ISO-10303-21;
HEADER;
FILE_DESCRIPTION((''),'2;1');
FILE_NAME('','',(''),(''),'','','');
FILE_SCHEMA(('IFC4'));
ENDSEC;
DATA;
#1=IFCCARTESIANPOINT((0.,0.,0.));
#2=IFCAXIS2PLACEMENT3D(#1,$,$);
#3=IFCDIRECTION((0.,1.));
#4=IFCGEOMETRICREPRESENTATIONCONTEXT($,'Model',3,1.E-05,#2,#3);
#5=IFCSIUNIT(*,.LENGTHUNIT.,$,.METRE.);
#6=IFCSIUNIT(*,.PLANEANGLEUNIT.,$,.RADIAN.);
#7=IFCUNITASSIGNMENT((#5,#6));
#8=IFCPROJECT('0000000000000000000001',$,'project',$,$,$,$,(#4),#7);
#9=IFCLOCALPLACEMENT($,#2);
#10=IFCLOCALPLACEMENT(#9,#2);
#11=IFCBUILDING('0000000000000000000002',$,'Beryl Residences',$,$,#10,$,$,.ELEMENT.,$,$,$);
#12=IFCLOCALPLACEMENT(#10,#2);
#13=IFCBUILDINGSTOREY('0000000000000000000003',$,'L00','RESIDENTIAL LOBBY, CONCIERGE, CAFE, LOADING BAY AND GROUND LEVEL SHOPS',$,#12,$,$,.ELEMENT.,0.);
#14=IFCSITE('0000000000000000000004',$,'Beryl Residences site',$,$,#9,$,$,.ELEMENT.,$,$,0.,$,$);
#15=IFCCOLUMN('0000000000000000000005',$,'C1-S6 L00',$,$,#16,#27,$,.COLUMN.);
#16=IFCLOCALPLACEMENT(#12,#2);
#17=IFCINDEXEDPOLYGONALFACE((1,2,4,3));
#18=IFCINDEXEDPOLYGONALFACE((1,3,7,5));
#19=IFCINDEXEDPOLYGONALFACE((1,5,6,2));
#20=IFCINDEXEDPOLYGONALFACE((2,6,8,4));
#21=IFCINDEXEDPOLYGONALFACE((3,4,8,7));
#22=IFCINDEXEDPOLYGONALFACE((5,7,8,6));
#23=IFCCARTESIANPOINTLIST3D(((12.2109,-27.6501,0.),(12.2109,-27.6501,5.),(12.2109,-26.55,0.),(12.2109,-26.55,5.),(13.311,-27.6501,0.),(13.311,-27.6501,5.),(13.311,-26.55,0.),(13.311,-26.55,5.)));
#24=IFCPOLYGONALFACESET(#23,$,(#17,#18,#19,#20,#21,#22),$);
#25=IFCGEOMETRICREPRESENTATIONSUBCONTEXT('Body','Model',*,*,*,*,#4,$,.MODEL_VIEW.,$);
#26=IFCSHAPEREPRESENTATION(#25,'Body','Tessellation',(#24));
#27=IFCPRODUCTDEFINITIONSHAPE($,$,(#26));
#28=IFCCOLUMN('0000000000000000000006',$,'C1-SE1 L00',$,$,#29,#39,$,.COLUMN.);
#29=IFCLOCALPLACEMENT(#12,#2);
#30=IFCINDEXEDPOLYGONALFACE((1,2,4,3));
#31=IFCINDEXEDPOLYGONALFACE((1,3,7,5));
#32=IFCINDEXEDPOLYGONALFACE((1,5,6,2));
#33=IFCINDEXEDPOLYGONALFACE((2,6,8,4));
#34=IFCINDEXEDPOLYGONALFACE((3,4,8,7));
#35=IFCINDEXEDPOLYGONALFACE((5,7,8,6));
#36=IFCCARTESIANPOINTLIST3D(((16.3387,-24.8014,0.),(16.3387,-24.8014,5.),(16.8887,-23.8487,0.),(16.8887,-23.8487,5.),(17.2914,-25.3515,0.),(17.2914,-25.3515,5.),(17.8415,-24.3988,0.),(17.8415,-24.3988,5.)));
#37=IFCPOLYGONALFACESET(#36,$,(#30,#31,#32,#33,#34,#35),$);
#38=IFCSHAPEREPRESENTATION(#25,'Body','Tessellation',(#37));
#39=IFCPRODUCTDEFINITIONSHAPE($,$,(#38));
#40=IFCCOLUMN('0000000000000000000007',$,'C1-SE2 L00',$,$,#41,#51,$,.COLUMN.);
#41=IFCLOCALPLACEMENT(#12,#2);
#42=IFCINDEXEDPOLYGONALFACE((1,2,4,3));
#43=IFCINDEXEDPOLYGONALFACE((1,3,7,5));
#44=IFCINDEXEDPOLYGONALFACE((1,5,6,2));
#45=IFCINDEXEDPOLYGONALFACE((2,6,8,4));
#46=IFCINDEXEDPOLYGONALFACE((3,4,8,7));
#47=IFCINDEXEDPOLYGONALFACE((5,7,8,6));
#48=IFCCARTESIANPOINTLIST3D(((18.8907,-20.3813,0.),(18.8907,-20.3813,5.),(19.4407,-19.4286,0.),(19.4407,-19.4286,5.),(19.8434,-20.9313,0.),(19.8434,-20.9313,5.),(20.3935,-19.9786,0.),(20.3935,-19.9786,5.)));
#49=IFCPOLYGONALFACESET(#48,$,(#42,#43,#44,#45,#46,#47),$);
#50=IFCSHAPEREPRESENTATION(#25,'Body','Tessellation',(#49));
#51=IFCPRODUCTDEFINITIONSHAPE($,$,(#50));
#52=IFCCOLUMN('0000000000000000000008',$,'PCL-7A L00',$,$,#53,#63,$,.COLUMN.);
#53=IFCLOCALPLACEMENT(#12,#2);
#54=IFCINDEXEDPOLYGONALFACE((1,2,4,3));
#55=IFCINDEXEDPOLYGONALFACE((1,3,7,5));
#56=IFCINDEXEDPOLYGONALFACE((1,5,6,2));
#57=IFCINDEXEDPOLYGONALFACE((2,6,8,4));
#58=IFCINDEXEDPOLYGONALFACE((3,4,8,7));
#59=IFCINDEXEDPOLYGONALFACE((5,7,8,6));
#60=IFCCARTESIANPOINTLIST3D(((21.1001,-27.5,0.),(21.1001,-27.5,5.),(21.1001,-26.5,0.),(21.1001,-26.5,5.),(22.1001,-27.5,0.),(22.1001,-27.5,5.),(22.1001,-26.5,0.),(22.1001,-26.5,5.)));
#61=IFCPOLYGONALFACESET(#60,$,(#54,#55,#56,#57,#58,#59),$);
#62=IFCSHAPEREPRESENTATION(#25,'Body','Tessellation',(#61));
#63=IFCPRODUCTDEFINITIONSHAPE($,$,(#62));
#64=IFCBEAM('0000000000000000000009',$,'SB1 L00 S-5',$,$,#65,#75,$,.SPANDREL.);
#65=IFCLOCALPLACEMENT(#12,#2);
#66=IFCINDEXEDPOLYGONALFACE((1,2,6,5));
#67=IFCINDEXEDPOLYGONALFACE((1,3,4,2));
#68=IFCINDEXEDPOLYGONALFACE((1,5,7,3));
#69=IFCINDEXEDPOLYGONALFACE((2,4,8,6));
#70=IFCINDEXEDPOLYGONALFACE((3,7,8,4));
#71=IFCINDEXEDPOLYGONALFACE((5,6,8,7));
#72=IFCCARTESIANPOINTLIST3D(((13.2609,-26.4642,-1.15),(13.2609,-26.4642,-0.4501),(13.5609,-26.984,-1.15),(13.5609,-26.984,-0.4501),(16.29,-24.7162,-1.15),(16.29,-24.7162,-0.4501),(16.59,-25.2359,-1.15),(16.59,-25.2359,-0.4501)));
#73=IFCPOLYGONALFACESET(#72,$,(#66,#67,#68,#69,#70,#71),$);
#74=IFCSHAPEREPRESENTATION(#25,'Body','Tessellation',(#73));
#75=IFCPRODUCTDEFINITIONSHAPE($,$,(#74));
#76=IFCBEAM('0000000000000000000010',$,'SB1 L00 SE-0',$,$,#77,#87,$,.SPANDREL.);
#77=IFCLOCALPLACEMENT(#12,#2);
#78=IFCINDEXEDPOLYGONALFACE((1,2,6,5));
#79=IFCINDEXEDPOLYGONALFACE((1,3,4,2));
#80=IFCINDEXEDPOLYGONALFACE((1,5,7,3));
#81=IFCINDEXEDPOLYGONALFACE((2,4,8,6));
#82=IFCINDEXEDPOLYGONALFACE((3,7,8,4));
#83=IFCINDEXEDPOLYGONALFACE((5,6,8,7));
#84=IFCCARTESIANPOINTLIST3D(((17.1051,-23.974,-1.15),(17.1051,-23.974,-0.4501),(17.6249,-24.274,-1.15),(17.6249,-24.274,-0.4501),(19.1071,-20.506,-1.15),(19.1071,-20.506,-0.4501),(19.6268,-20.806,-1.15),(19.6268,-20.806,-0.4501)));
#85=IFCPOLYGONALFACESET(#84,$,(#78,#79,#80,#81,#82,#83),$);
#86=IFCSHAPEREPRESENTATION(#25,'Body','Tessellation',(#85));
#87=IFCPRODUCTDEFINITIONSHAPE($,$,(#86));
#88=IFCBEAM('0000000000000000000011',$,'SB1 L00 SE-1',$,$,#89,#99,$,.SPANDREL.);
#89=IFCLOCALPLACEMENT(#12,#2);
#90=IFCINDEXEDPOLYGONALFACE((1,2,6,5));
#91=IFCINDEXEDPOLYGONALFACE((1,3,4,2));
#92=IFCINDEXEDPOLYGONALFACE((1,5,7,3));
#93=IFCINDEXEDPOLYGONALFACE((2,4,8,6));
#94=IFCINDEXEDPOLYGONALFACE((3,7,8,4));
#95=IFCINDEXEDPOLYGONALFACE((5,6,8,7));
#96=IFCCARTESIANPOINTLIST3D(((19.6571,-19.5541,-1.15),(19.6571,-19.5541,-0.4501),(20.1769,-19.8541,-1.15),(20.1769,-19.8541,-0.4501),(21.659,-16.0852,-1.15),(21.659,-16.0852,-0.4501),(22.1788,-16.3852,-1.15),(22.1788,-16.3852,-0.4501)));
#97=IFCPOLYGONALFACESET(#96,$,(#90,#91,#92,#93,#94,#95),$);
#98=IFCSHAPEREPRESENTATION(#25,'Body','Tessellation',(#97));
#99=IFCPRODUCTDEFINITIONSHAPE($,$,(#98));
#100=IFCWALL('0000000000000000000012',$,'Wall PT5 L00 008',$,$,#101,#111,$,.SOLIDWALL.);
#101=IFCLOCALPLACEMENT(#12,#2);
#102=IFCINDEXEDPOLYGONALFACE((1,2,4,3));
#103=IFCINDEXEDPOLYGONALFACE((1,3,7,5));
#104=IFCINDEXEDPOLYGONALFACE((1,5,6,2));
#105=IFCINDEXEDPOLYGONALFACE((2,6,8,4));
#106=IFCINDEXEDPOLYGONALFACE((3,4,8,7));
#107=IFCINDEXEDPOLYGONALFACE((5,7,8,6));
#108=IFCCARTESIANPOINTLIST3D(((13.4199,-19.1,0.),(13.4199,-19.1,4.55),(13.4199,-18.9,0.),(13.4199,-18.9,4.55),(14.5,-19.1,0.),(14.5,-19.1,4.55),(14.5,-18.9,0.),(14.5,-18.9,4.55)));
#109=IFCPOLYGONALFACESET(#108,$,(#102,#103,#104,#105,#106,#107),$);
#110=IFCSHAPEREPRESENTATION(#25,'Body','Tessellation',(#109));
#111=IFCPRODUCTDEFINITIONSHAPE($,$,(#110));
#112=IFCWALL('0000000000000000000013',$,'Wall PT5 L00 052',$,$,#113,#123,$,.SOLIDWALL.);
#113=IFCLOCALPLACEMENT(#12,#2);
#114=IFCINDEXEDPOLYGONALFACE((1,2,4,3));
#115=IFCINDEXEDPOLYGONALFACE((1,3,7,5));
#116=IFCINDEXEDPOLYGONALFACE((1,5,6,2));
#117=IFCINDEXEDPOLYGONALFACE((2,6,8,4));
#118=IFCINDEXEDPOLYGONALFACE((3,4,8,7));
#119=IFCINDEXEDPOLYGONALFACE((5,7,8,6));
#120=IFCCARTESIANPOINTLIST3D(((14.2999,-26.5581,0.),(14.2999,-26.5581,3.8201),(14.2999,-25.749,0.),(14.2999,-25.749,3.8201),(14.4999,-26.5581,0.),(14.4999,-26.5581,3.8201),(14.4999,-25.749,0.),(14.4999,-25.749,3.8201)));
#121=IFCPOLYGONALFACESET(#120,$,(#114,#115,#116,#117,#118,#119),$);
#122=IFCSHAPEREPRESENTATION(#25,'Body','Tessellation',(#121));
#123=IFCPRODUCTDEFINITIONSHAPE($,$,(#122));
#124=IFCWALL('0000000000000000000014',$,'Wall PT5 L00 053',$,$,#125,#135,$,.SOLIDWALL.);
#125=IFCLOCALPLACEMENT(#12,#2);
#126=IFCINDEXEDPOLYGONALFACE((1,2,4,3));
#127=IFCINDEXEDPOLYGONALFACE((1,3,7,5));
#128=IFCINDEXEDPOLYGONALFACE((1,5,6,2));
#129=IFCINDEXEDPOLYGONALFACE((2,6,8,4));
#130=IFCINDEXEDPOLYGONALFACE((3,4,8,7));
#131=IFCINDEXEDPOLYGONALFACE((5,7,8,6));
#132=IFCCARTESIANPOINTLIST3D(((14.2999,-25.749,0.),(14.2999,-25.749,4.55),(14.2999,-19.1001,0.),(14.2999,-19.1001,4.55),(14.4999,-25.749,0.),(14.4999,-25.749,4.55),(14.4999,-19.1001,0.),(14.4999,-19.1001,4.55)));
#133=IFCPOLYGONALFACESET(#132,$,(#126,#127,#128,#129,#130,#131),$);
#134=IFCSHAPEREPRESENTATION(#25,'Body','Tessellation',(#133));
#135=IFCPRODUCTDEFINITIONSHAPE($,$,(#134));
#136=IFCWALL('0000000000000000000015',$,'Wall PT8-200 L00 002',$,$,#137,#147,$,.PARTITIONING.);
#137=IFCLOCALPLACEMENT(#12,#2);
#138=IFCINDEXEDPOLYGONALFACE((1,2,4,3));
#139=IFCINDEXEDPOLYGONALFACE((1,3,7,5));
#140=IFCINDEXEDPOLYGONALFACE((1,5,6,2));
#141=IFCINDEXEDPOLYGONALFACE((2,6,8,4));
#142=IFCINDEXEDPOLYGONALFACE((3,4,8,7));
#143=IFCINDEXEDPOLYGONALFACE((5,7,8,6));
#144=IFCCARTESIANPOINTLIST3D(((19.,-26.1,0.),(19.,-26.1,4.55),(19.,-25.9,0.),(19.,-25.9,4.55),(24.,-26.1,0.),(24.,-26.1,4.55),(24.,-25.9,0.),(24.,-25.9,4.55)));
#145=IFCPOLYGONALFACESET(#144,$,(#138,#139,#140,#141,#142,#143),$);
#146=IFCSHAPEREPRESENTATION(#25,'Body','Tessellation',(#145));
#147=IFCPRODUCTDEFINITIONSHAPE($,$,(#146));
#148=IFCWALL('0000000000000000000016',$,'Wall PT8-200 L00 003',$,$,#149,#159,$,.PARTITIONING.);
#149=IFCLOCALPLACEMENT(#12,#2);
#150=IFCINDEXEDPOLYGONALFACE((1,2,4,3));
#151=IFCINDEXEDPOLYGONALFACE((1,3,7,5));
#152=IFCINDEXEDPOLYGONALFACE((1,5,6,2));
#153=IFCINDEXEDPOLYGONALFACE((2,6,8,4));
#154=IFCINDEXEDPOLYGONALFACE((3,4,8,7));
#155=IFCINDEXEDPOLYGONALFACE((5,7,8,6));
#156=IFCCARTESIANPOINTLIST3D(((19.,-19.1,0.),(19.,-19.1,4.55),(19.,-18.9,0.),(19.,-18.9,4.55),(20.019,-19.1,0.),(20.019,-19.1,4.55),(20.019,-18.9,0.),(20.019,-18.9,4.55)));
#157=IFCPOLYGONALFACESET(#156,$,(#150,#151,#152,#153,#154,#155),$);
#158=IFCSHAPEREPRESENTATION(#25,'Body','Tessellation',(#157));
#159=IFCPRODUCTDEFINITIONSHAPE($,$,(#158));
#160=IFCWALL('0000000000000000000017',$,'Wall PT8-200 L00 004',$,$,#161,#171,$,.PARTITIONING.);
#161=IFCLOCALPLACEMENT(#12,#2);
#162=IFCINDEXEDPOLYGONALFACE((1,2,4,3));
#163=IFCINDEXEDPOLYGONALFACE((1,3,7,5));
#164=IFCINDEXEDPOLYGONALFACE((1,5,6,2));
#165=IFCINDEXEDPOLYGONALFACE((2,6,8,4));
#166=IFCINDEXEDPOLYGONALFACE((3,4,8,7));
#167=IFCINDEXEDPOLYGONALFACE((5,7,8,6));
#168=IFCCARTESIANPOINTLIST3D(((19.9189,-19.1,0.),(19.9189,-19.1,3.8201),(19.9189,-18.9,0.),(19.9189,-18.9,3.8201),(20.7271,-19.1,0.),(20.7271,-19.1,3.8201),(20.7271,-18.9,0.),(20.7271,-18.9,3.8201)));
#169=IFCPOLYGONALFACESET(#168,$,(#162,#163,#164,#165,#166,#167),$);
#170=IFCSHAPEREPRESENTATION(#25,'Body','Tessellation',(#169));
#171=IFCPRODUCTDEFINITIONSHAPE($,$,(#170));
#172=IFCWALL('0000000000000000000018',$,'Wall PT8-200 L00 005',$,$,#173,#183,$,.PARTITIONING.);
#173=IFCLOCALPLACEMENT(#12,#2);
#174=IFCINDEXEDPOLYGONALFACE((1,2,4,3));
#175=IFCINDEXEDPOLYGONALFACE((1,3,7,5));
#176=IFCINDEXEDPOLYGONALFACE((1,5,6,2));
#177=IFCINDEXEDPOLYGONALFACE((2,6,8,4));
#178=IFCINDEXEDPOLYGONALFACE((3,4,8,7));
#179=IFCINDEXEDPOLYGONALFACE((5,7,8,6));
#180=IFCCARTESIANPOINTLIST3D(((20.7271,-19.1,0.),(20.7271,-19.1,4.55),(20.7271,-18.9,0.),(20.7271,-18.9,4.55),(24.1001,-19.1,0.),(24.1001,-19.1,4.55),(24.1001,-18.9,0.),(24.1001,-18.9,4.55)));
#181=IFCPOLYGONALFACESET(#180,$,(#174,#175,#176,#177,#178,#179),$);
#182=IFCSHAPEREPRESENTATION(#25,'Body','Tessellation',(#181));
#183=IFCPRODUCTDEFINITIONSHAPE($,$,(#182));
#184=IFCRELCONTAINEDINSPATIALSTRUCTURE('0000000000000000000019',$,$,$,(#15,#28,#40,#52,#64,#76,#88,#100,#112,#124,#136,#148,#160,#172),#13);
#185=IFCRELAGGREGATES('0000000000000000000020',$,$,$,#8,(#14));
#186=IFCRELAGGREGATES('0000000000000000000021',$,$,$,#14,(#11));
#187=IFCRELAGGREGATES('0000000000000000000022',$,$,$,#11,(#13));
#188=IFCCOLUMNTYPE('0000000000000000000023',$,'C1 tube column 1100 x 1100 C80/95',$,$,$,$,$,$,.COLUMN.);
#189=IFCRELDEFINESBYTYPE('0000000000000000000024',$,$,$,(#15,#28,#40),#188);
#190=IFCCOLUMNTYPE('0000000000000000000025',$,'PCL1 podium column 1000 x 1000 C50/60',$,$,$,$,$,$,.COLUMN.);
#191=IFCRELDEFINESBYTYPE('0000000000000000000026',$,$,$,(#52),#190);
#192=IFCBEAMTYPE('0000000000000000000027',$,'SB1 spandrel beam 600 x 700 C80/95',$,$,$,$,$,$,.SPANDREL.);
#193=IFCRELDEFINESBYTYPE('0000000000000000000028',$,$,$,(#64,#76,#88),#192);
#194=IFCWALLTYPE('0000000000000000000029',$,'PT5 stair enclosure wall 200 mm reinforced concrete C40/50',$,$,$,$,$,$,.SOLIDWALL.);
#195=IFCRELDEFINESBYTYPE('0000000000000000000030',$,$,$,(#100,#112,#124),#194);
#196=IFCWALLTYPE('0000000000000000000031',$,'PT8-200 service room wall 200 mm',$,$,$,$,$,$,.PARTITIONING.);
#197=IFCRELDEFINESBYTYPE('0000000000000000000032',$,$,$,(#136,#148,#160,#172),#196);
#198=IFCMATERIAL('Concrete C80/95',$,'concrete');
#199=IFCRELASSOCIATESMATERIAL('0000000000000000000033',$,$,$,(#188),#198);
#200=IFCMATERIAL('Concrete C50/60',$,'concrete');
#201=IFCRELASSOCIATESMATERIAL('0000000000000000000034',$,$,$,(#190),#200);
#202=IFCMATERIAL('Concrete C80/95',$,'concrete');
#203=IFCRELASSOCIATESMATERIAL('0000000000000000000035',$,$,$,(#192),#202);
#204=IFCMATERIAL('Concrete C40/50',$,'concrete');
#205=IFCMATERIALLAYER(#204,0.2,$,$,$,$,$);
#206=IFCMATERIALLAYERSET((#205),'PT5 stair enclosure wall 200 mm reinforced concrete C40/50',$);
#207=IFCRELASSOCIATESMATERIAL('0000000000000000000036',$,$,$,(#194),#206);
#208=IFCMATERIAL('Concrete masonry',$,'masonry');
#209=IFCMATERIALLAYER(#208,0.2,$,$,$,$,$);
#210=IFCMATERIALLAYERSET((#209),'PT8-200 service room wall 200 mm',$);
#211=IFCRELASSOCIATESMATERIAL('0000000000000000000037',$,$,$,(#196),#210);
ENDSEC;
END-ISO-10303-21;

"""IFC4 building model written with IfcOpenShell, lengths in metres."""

from ifc_helpers import new_model, si_unit, direction, frame, frame_2d, origin, origin_2d, place, context, subcontext, project, spatial, rectangle, extrude, material, layer, layer_set, material_profile, profile_set, type_object, element, save


model = new_model("IFC4")

# Units and contexts
model_context = context("Model", 3, precision=1e-05, world=origin(), true_north=direction((0.0, 1.0)))
body_context = subcontext(model_context, "Body", "Model", "MODEL_VIEW")
ifc_project = project(units=[si_unit("LENGTHUNIT", "METRE"), si_unit("PLANEANGLEUNIT", "RADIAN")], contexts=[model_context])

# Site, building, storey
site_placement = place(None, origin())
site = spatial("IfcSite", under=ifc_project, at=site_placement, Name="Beryl Residences site", CompositionType="ELEMENT", RefElevation=0.0)
building_placement = place(site_placement, origin())
building = spatial("IfcBuilding", under=site, at=building_placement, Name="Beryl Residences", CompositionType="ELEMENT")
storey_placement = place(building_placement, origin())
storey = spatial("IfcBuildingStorey", under=building, at=storey_placement, Name="L00", Description="RESIDENTIAL LOBBY, CONCIERGE, CAFE, LOADING BAY AND GROUND LEVEL SHOPS", CompositionType="ELEMENT", Elevation=0.0)

# Columns
ifc_material_1 = material(Name="Concrete C80/95", Category="concrete")
ifc_material_profile_1 = material_profile(ifc_material_1, rectangle(XDim=1.1001, YDim=1.1001, at=origin_2d()))
ifc_profile_set_1 = profile_set([ifc_material_profile_1], Name="Concrete C80/95")
column_type_1 = type_object("IfcColumnType", Name="C1 tube column 1100 x 1100 C80/95", PredefinedType="COLUMN", material=ifc_profile_set_1)
for number, where, z_axis, x_axis, name in (
    (1, (12.761, -27.1001, 0.0), (0.0, 0.0, 1.0), (1.0, 0.0, 0.0), "C1-S6 L00"),
    (2, (17.0901, -24.6001, 0.0), (0.0, 0.0, 1.0), (0.499985, 0.866034, 0.0), "C1-SE1 L00"),
    (3, (19.6421, -20.1799, 0.0), (0.0, 0.0, 1.0), (0.499985, 0.866034, 0.0), "C1-SE2 L00"),
):
    element("IfcColumn", number, at=place(storey_placement, frame(where, z_axis=z_axis, x_axis=x_axis)), inside=storey, type_object=column_type_1, Name=name, PredefinedType="COLUMN", context=body_context, shape_type="SweptSolid", body=[
        extrude(rectangle(XDim=1.1001, YDim=1.1001, at=origin_2d()), origin(), (0.0, 0.0, 1.0), 5.0),
    ])
ifc_material_2 = material(Name="Concrete C50/60", Category="concrete")
ifc_material_profile_2 = material_profile(ifc_material_2, rectangle(XDim=1.0, YDim=1.0, at=origin_2d()))
ifc_profile_set_2 = profile_set([ifc_material_profile_2], Name="Concrete C50/60")
column_type_2 = type_object("IfcColumnType", Name="PCL1 podium column 1000 x 1000 C50/60", PredefinedType="COLUMN", material=ifc_profile_set_2)
column_placement = place(storey_placement, frame((21.6001, -27.0, 0.0), z_axis=(0.0, 0.0, 1.0), x_axis=(1.0, 0.0, 0.0)))
element("IfcColumn", 4, at=column_placement, inside=storey, type_object=column_type_2, Name="PCL-7A L00", PredefinedType="COLUMN", context=body_context, shape_type="SweptSolid", body=[
    extrude(rectangle(XDim=1.0, YDim=1.0, at=origin_2d()), origin(), (0.0, 0.0, 1.0), 5.0),
])

# Beams
ifc_material_3 = material(Name="Concrete C80/95", Category="concrete")
ifc_material_profile_3 = material_profile(ifc_material_3, rectangle(XDim=0.6001, YDim=0.7, at=origin_2d()))
ifc_profile_set_3 = profile_set([ifc_material_profile_3], Name="Concrete C80/95")
beam_type = type_object("IfcBeamType", Name="SB1 spandrel beam 600 x 700 C80/95", PredefinedType="SPANDREL", material=ifc_profile_set_3)
beam_1_placement = place(storey_placement, frame((13.4109, -26.7241, -0.8), z_axis=(0.866122, 0.499833, 0.0), x_axis=(-0.499833, 0.866122, 0.0)))
element("IfcBeam", 5, at=beam_1_placement, inside=storey, type_object=beam_type, Name="SB1 L00 S-5", PredefinedType="SPANDREL", context=body_context, shape_type="SweptSolid", body=[
    extrude(rectangle(XDim=0.6001, YDim=0.7, at=origin_2d()), origin(), (0.0, 0.0, 1.0), 3.4973),
])
beam_2_placement = place(storey_placement, frame((17.365, -24.124, -0.8), z_axis=(0.499942, 0.866059, 0.0), x_axis=(-0.866059, 0.499942, 0.0)))
element("IfcBeam", 6, at=beam_2_placement, inside=storey, type_object=beam_type, Name="SB1 L00 SE-0", PredefinedType="SPANDREL", context=body_context, shape_type="SweptSolid", body=[
    extrude(rectangle(XDim=0.6001, YDim=0.7, at=origin_2d()), origin(), (0.0, 0.0, 1.0), 4.0044),
])
beam_3_placement = place(storey_placement, frame((19.917, -19.7041, -0.8), z_axis=(0.499837, 0.86612, 0.0), x_axis=(-0.86612, 0.499837, 0.0)))
element("IfcBeam", 7, at=beam_3_placement, inside=storey, type_object=beam_type, Name="SB1 L00 SE-1", PredefinedType="SPANDREL", context=body_context, shape_type="SweptSolid", body=[
    extrude(rectangle(XDim=0.6001, YDim=0.7, at=origin_2d()), origin(), (0.0, 0.0, 1.0), 4.0051),
])

# Walls
ifc_material_4 = material(Name="Concrete C40/50", Category="concrete")
ifc_layer_1 = layer(ifc_material_4, 0.2)
ifc_layer_set_1 = layer_set([ifc_layer_1], Name="PT5 stair enclosure wall 200 mm reinforced concrete C40/50")
wall_type_1 = type_object("IfcWallType", Name="PT5 stair enclosure wall 200 mm reinforced concrete C40/50", PredefinedType="SOLIDWALL", material=ifc_layer_set_1)
wall_1_placement = place(storey_placement, frame((13.4199, -19.0, 0.0), z_axis=(0.0, 0.0, 1.0), x_axis=(1.0, 0.0, 0.0)))
element("IfcWall", 8, at=wall_1_placement, inside=storey, type_object=wall_type_1, Name="Wall PT5 L00 008", PredefinedType="SOLIDWALL", context=body_context, shape_type="SweptSolid", body=[
    extrude(rectangle(XDim=1.0801, YDim=0.2, at=frame_2d((0.54, 0.0))), origin(), (0.0, 0.0, 1.0), 4.55),
])
wall_2_placement = place(storey_placement, frame((14.3999, -26.5581, 0.0), z_axis=(0.0, 0.0, 1.0), x_axis=(0.0, 1.0, 0.0)))
element("IfcWall", 9, at=wall_2_placement, inside=storey, type_object=wall_type_1, Name="Wall PT5 L00 052", PredefinedType="SOLIDWALL", context=body_context, shape_type="SweptSolid", body=[
    extrude(rectangle(XDim=0.8091, YDim=0.2, at=frame_2d((0.4045, 0.0))), origin(), (0.0, 0.0, 1.0), 3.8201),
])
wall_3_placement = place(storey_placement, frame((14.3999, -25.749, 0.0), z_axis=(0.0, 0.0, 1.0), x_axis=(0.0, 1.0, 0.0)))
element("IfcWall", 10, at=wall_3_placement, inside=storey, type_object=wall_type_1, Name="Wall PT5 L00 053", PredefinedType="SOLIDWALL", context=body_context, shape_type="SweptSolid", body=[
    extrude(rectangle(XDim=6.6489, YDim=0.2, at=frame_2d((3.3245, 0.0))), origin(), (0.0, 0.0, 1.0), 4.55),
])
ifc_material_5 = material(Name="Concrete masonry", Category="masonry")
ifc_layer_2 = layer(ifc_material_5, 0.2)
ifc_layer_set_2 = layer_set([ifc_layer_2], Name="PT8-200 service room wall 200 mm")
wall_type_2 = type_object("IfcWallType", Name="PT8-200 service room wall 200 mm", PredefinedType="PARTITIONING", material=ifc_layer_set_2)
wall_4_placement = place(storey_placement, frame((19.0, -26.0, 0.0), z_axis=(0.0, 0.0, 1.0), x_axis=(1.0, 0.0, 0.0)))
element("IfcWall", 11, at=wall_4_placement, inside=storey, type_object=wall_type_2, Name="Wall PT8-200 L00 002", PredefinedType="PARTITIONING", context=body_context, shape_type="SweptSolid", body=[
    extrude(rectangle(XDim=5.0, YDim=0.2, at=frame_2d((2.5, 0.0))), origin(), (0.0, 0.0, 1.0), 4.55),
])
wall_5_placement = place(storey_placement, frame((19.0, -19.0, 0.0), z_axis=(0.0, 0.0, 1.0), x_axis=(1.0, 0.0, 0.0)))
element("IfcWall", 12, at=wall_5_placement, inside=storey, type_object=wall_type_2, Name="Wall PT8-200 L00 003", PredefinedType="PARTITIONING", context=body_context, shape_type="SweptSolid", body=[
    extrude(rectangle(XDim=1.019, YDim=0.2, at=frame_2d((0.5095, 0.0))), origin(), (0.0, 0.0, 1.0), 4.55),
])
wall_6_placement = place(storey_placement, frame((19.9189, -19.0, 0.0), z_axis=(0.0, 0.0, 1.0), x_axis=(1.0, 0.0, 0.0)))
element("IfcWall", 13, at=wall_6_placement, inside=storey, type_object=wall_type_2, Name="Wall PT8-200 L00 004", PredefinedType="PARTITIONING", context=body_context, shape_type="SweptSolid", body=[
    extrude(rectangle(XDim=0.8081, YDim=0.2, at=frame_2d((0.4041, 0.0))), origin(), (0.0, 0.0, 1.0), 3.8201),
])
wall_7_placement = place(storey_placement, frame((20.7271, -19.0, 0.0), z_axis=(0.0, 0.0, 1.0), x_axis=(1.0, 0.0, 0.0)))
element("IfcWall", 14, at=wall_7_placement, inside=storey, type_object=wall_type_2, Name="Wall PT8-200 L00 005", PredefinedType="PARTITIONING", context=body_context, shape_type="SweptSolid", body=[
    extrude(rectangle(XDim=3.373, YDim=0.2, at=frame_2d((1.6865, 0.0))), origin(), (0.0, 0.0, 1.0), 4.55),
])

save(model, "model.ifc")
